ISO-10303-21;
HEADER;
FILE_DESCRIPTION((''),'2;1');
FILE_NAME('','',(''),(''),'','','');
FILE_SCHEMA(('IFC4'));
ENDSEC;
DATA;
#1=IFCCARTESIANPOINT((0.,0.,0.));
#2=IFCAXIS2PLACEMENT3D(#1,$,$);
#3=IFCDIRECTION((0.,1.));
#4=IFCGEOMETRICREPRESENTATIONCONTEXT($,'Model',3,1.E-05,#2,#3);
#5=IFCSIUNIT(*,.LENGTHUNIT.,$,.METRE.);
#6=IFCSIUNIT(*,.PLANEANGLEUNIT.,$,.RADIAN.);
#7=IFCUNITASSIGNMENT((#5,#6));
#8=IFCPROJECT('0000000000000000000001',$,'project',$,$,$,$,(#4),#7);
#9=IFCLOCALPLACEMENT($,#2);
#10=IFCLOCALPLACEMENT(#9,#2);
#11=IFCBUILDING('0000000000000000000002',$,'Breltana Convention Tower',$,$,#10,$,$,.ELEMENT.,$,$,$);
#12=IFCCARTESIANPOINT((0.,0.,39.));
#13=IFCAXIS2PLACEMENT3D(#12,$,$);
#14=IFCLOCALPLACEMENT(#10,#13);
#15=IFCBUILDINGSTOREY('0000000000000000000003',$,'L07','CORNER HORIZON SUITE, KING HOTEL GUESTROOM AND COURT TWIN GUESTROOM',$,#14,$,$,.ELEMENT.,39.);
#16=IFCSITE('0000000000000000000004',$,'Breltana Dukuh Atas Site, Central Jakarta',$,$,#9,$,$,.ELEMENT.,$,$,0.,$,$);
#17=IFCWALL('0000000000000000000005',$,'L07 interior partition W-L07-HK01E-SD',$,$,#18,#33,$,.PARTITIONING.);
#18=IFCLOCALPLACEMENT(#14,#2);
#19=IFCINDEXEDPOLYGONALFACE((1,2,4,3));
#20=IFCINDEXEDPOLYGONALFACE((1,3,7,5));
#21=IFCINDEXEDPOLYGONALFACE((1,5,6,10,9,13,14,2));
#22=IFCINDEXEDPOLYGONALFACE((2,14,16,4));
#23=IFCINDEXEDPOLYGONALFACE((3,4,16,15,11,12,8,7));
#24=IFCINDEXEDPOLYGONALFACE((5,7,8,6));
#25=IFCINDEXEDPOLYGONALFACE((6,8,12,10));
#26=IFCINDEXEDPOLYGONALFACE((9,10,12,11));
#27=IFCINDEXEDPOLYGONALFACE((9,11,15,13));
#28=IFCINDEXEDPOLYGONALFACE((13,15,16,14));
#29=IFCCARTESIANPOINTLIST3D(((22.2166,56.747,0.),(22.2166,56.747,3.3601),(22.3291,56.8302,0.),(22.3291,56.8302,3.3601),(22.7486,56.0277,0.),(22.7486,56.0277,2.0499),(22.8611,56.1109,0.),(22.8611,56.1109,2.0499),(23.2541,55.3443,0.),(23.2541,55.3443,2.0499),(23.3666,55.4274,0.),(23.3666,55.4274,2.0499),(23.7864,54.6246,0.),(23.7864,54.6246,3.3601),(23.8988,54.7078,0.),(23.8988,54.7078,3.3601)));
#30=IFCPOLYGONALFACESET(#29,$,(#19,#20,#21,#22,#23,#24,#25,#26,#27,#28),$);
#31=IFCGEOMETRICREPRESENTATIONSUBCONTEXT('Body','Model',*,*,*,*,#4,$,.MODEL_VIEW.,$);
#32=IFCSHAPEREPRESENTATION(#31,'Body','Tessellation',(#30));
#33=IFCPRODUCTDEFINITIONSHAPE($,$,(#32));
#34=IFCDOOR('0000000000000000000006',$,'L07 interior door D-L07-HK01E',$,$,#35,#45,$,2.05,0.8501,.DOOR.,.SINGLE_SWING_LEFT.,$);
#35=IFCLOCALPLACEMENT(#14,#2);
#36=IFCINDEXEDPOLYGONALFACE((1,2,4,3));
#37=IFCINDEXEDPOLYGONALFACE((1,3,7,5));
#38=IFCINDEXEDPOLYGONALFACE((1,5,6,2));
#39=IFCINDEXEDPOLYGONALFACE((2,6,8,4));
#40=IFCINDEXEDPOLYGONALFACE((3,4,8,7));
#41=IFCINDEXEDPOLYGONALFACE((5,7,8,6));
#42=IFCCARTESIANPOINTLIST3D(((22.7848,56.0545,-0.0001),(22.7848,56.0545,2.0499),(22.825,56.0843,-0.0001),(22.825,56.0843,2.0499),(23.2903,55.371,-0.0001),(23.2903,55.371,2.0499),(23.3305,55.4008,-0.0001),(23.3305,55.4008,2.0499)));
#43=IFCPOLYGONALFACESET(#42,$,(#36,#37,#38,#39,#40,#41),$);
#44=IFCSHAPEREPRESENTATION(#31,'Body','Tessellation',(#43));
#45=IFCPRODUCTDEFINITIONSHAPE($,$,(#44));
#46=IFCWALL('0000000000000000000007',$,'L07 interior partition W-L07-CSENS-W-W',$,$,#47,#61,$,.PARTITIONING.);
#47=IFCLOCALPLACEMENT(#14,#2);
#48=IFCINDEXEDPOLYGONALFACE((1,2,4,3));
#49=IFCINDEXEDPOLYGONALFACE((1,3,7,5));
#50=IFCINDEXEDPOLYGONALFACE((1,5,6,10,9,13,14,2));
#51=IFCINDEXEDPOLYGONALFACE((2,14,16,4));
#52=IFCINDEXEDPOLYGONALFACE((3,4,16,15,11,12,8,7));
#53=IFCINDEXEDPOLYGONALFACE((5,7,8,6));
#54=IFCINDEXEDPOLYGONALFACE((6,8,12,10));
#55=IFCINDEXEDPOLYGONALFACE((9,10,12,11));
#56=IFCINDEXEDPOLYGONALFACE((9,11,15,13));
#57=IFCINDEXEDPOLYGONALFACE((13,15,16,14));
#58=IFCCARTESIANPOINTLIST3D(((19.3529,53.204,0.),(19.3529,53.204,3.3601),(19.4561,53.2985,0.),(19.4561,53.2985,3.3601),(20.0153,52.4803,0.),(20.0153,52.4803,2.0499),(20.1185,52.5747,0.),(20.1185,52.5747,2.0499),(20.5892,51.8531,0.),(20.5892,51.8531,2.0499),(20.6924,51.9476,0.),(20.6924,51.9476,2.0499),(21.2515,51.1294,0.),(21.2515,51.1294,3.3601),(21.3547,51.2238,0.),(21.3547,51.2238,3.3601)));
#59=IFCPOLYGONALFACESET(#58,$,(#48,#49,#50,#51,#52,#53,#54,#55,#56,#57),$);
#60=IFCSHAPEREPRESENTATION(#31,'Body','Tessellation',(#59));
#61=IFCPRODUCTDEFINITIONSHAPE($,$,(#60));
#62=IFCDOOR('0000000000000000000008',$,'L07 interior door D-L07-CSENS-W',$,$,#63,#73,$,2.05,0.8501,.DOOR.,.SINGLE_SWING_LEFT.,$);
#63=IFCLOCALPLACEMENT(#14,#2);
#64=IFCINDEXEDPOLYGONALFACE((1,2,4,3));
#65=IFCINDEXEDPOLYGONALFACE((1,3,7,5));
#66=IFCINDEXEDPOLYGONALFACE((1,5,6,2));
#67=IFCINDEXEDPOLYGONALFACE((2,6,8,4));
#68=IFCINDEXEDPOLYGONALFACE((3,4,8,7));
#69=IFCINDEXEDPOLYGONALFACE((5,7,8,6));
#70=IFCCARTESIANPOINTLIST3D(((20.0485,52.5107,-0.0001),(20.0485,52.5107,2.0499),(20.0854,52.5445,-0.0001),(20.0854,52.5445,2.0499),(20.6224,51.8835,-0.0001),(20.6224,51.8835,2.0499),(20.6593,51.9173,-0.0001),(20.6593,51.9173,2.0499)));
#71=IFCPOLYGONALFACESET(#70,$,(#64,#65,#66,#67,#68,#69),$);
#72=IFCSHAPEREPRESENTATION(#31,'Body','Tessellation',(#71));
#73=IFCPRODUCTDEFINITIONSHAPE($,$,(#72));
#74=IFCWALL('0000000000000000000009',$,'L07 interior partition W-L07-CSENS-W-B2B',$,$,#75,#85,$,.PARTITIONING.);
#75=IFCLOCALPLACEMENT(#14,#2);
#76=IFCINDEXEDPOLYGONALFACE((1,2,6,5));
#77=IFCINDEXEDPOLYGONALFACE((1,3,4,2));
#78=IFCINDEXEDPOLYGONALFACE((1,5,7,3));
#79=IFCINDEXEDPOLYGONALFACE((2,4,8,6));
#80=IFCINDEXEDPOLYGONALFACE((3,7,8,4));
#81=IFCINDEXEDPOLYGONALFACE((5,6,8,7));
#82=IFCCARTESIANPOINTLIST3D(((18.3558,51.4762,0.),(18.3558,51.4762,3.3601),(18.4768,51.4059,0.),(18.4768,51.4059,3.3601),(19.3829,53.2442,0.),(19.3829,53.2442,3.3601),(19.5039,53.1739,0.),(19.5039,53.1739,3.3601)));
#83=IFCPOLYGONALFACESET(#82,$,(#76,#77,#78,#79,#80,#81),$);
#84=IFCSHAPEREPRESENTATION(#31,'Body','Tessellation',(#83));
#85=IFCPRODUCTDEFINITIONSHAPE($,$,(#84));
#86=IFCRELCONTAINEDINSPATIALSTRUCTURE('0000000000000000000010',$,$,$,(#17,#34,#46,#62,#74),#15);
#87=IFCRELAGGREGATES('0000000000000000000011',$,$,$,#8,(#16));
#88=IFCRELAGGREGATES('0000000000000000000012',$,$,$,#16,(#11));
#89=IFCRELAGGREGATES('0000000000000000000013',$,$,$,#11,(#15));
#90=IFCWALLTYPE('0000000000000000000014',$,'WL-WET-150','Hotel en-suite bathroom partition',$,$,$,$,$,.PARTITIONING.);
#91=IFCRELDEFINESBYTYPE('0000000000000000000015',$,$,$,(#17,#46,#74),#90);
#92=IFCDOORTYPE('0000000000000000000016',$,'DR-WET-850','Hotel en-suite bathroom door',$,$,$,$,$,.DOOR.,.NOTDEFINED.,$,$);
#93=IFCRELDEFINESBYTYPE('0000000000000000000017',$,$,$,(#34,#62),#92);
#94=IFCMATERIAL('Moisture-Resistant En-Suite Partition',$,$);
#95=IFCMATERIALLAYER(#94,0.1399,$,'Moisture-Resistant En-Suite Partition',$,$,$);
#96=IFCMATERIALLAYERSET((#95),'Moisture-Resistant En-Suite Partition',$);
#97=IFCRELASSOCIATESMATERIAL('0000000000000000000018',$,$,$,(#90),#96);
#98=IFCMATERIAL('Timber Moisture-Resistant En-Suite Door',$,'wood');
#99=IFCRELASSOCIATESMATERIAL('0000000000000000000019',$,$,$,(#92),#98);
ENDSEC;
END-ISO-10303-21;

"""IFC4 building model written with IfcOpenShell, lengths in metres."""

from ifc_helpers import new_model, si_unit, direction, frame, frame_2d, origin, place, context, subcontext, project, spatial, rectangle, extrude, source, transform, mapped, material, layer, layer_set, type_object, type_shapes, element, fill, save


model = new_model("IFC4")

# Units and contexts
model_context = context("Model", 3, precision=1e-05, world=origin(), true_north=direction((0.0, 1.0)))
body_context = subcontext(model_context, "Body", "Model", "MODEL_VIEW")
ifc_project = project(units=[si_unit("LENGTHUNIT", "METRE"), si_unit("PLANEANGLEUNIT", "RADIAN")], contexts=[model_context])

# Site, building, storey
site_placement = place(None, origin())
site = spatial("IfcSite", under=ifc_project, at=site_placement, Name="Breltana Dukuh Atas Site, Central Jakarta", CompositionType="ELEMENT", RefElevation=0.0)
building_placement = place(site_placement, origin())
building = spatial("IfcBuilding", under=site, at=building_placement, Name="Breltana Convention Tower", CompositionType="ELEMENT")
storey_placement = place(building_placement, frame((0.0, 0.0, 39.0)))
storey = spatial("IfcBuildingStorey", under=building, at=storey_placement, Name="L07", Description="CORNER HORIZON SUITE, KING HOTEL GUESTROOM AND COURT TWIN GUESTROOM", CompositionType="ELEMENT", Elevation=39.0)

# Shared definitions
ifc_material_1 = material(Name="Moisture-Resistant En-Suite Partition")
ifc_layer_1 = layer(ifc_material_1, 0.1399, Name="Moisture-Resistant En-Suite Partition")
ifc_layer_set_1 = layer_set([ifc_layer_1], Name="Moisture-Resistant En-Suite Partition")
wall_type_1 = type_object("IfcWallType", Name="WL-WET-150", Description="Hotel en-suite bathroom partition", PredefinedType="PARTITIONING", material=ifc_layer_set_1)

# Walls, openings, doors
shared_shape_1 = source(origin(), body_context, "Body", "SweptSolid", [
    extrude(rectangle(XDim=2.6399, YDim=0.1399, at=frame_2d((1.3198, 0.0))), origin(), (0.0, 0.0, 1.0), 3.3601),
])
wall_1_placement = place(storey_placement, frame((23.8425, 54.6663, 0.0), z_axis=(0.0, 0.0, 1.0), x_axis=(-0.59463, 0.803999, 0.0)))
wall_1 = element("IfcWall", 1, at=wall_1_placement, inside=storey, type_object=wall_type_1, Name="L07 interior partition W-L07-HK01E-SD", PredefinedType="PARTITIONING", context=body_context, shape_type="MappedRepresentation", body=[
    mapped(shared_shape_1, transform((0.0, 0.0, 0.0), scale=1.0)),
])
opening_1_placement = place(wall_1_placement, frame((0.895, 0.0, 0.0)))
opening_1 = element("IfcOpeningElement", 2, at=opening_1_placement, cuts=wall_1, PredefinedType="OPENING", context=body_context, shape_type="SweptSolid", body=[
    extrude(rectangle(XDim=0.8501, YDim=2.05, at=frame_2d((0.425, 1.0249))), frame((0.0, 0.0801, 0.0), z_axis=(0.0, -1.0, 0.0), x_axis=(1.0, 0.0, 0.0)), (0.0, 0.0, 1.0), 0.1599),
])
ifc_material_2 = material(Name="Timber Moisture-Resistant En-Suite Door", Category="wood")
door_type_1 = type_object("IfcDoorType", Name="DR-WET-850", Description="Hotel en-suite bathroom door", OperationType="NOTDEFINED", PredefinedType="DOOR", material=ifc_material_2)
shared_shape_2 = source(origin(), body_context, "Body", "SweptSolid", [
    extrude(rectangle(XDim=0.8501, YDim=2.05, at=frame_2d((0.425, 1.0249))), frame((0.0, 0.0249, 0.0), z_axis=(0.0, -1.0, 0.0), x_axis=(1.0, 0.0, 0.0)), (0.0, 0.0, 1.0), 0.05),
])
type_shapes(door_type_1, [shared_shape_2])
door_1_placement = place(opening_1_placement, origin())
door_1 = element("IfcDoor", 3, at=door_1_placement, inside=storey, type_object=door_type_1, Name="L07 interior door D-L07-HK01E", OperationType="SINGLE_SWING_LEFT", OverallHeight=2.05, OverallWidth=0.8501, PredefinedType="DOOR", context=body_context, shape_type="MappedRepresentation", body=[
    mapped(shared_shape_2, transform((0.0, 0.0, 0.0), scale=1.0)),
])
fill(opening_1, door_1)
shared_shape_3 = source(origin(), body_context, "Body", "SweptSolid", [
    extrude(rectangle(XDim=2.8123, YDim=0.1399, at=frame_2d((1.4062, 0.0))), origin(), (0.0, 0.0, 1.0), 3.3601),
])
wall_2_placement = place(storey_placement, frame((21.3032, 51.1765, 0.0), z_axis=(0.0, 0.0, 1.0), x_axis=(-0.675119, 0.737709, 0.0)))
wall_2 = element("IfcWall", 4, at=wall_2_placement, inside=storey, type_object=wall_type_1, Name="L07 interior partition W-L07-CSENS-W-W", PredefinedType="PARTITIONING", context=body_context, shape_type="MappedRepresentation", body=[
    mapped(shared_shape_3, transform((0.0, 0.0, 0.0), scale=1.0)),
])
opening_2_placement = place(wall_2_placement, frame((0.9812, 0.0, 0.0)))
opening_2 = element("IfcOpeningElement", 5, at=opening_2_placement, cuts=wall_2, PredefinedType="OPENING", context=body_context, shape_type="SweptSolid", body=[
    extrude(rectangle(XDim=0.8501, YDim=2.05, at=frame_2d((0.425, 1.0249))), frame((0.0, 0.0801, 0.0), z_axis=(0.0, -1.0, 0.0), x_axis=(1.0, 0.0, 0.0)), (0.0, 0.0, 1.0), 0.1599),
])
door_2_placement = place(opening_2_placement, origin())
door_2 = element("IfcDoor", 6, at=door_2_placement, inside=storey, type_object=door_type_1, Name="L07 interior door D-L07-CSENS-W", OperationType="SINGLE_SWING_LEFT", OverallHeight=2.05, OverallWidth=0.8501, PredefinedType="DOOR", context=body_context, shape_type="MappedRepresentation", body=[
    mapped(shared_shape_2, transform((0.0, 0.0, 0.0), scale=1.0)),
])
fill(opening_2, door_2)

# Wall
shared_shape_4 = source(origin(), body_context, "Body", "SweptSolid", [
    extrude(rectangle(XDim=2.0447, YDim=0.1399, at=frame_2d((1.0225, 0.0))), origin(), (0.0, 0.0, 1.0), 3.3601),
])
wall_3_placement = place(storey_placement, frame((18.4163, 51.4409, 0.0), z_axis=(0.0, 0.0, 1.0), x_axis=(0.502311, 0.864687, 0.0)))
element("IfcWall", 7, at=wall_3_placement, inside=storey, type_object=wall_type_1, Name="L07 interior partition W-L07-CSENS-W-B2B", PredefinedType="PARTITIONING", context=body_context, shape_type="MappedRepresentation", body=[
    mapped(shared_shape_4, transform((0.0, 0.0, 0.0), scale=1.0)),
])

save(model, "model.ifc")
